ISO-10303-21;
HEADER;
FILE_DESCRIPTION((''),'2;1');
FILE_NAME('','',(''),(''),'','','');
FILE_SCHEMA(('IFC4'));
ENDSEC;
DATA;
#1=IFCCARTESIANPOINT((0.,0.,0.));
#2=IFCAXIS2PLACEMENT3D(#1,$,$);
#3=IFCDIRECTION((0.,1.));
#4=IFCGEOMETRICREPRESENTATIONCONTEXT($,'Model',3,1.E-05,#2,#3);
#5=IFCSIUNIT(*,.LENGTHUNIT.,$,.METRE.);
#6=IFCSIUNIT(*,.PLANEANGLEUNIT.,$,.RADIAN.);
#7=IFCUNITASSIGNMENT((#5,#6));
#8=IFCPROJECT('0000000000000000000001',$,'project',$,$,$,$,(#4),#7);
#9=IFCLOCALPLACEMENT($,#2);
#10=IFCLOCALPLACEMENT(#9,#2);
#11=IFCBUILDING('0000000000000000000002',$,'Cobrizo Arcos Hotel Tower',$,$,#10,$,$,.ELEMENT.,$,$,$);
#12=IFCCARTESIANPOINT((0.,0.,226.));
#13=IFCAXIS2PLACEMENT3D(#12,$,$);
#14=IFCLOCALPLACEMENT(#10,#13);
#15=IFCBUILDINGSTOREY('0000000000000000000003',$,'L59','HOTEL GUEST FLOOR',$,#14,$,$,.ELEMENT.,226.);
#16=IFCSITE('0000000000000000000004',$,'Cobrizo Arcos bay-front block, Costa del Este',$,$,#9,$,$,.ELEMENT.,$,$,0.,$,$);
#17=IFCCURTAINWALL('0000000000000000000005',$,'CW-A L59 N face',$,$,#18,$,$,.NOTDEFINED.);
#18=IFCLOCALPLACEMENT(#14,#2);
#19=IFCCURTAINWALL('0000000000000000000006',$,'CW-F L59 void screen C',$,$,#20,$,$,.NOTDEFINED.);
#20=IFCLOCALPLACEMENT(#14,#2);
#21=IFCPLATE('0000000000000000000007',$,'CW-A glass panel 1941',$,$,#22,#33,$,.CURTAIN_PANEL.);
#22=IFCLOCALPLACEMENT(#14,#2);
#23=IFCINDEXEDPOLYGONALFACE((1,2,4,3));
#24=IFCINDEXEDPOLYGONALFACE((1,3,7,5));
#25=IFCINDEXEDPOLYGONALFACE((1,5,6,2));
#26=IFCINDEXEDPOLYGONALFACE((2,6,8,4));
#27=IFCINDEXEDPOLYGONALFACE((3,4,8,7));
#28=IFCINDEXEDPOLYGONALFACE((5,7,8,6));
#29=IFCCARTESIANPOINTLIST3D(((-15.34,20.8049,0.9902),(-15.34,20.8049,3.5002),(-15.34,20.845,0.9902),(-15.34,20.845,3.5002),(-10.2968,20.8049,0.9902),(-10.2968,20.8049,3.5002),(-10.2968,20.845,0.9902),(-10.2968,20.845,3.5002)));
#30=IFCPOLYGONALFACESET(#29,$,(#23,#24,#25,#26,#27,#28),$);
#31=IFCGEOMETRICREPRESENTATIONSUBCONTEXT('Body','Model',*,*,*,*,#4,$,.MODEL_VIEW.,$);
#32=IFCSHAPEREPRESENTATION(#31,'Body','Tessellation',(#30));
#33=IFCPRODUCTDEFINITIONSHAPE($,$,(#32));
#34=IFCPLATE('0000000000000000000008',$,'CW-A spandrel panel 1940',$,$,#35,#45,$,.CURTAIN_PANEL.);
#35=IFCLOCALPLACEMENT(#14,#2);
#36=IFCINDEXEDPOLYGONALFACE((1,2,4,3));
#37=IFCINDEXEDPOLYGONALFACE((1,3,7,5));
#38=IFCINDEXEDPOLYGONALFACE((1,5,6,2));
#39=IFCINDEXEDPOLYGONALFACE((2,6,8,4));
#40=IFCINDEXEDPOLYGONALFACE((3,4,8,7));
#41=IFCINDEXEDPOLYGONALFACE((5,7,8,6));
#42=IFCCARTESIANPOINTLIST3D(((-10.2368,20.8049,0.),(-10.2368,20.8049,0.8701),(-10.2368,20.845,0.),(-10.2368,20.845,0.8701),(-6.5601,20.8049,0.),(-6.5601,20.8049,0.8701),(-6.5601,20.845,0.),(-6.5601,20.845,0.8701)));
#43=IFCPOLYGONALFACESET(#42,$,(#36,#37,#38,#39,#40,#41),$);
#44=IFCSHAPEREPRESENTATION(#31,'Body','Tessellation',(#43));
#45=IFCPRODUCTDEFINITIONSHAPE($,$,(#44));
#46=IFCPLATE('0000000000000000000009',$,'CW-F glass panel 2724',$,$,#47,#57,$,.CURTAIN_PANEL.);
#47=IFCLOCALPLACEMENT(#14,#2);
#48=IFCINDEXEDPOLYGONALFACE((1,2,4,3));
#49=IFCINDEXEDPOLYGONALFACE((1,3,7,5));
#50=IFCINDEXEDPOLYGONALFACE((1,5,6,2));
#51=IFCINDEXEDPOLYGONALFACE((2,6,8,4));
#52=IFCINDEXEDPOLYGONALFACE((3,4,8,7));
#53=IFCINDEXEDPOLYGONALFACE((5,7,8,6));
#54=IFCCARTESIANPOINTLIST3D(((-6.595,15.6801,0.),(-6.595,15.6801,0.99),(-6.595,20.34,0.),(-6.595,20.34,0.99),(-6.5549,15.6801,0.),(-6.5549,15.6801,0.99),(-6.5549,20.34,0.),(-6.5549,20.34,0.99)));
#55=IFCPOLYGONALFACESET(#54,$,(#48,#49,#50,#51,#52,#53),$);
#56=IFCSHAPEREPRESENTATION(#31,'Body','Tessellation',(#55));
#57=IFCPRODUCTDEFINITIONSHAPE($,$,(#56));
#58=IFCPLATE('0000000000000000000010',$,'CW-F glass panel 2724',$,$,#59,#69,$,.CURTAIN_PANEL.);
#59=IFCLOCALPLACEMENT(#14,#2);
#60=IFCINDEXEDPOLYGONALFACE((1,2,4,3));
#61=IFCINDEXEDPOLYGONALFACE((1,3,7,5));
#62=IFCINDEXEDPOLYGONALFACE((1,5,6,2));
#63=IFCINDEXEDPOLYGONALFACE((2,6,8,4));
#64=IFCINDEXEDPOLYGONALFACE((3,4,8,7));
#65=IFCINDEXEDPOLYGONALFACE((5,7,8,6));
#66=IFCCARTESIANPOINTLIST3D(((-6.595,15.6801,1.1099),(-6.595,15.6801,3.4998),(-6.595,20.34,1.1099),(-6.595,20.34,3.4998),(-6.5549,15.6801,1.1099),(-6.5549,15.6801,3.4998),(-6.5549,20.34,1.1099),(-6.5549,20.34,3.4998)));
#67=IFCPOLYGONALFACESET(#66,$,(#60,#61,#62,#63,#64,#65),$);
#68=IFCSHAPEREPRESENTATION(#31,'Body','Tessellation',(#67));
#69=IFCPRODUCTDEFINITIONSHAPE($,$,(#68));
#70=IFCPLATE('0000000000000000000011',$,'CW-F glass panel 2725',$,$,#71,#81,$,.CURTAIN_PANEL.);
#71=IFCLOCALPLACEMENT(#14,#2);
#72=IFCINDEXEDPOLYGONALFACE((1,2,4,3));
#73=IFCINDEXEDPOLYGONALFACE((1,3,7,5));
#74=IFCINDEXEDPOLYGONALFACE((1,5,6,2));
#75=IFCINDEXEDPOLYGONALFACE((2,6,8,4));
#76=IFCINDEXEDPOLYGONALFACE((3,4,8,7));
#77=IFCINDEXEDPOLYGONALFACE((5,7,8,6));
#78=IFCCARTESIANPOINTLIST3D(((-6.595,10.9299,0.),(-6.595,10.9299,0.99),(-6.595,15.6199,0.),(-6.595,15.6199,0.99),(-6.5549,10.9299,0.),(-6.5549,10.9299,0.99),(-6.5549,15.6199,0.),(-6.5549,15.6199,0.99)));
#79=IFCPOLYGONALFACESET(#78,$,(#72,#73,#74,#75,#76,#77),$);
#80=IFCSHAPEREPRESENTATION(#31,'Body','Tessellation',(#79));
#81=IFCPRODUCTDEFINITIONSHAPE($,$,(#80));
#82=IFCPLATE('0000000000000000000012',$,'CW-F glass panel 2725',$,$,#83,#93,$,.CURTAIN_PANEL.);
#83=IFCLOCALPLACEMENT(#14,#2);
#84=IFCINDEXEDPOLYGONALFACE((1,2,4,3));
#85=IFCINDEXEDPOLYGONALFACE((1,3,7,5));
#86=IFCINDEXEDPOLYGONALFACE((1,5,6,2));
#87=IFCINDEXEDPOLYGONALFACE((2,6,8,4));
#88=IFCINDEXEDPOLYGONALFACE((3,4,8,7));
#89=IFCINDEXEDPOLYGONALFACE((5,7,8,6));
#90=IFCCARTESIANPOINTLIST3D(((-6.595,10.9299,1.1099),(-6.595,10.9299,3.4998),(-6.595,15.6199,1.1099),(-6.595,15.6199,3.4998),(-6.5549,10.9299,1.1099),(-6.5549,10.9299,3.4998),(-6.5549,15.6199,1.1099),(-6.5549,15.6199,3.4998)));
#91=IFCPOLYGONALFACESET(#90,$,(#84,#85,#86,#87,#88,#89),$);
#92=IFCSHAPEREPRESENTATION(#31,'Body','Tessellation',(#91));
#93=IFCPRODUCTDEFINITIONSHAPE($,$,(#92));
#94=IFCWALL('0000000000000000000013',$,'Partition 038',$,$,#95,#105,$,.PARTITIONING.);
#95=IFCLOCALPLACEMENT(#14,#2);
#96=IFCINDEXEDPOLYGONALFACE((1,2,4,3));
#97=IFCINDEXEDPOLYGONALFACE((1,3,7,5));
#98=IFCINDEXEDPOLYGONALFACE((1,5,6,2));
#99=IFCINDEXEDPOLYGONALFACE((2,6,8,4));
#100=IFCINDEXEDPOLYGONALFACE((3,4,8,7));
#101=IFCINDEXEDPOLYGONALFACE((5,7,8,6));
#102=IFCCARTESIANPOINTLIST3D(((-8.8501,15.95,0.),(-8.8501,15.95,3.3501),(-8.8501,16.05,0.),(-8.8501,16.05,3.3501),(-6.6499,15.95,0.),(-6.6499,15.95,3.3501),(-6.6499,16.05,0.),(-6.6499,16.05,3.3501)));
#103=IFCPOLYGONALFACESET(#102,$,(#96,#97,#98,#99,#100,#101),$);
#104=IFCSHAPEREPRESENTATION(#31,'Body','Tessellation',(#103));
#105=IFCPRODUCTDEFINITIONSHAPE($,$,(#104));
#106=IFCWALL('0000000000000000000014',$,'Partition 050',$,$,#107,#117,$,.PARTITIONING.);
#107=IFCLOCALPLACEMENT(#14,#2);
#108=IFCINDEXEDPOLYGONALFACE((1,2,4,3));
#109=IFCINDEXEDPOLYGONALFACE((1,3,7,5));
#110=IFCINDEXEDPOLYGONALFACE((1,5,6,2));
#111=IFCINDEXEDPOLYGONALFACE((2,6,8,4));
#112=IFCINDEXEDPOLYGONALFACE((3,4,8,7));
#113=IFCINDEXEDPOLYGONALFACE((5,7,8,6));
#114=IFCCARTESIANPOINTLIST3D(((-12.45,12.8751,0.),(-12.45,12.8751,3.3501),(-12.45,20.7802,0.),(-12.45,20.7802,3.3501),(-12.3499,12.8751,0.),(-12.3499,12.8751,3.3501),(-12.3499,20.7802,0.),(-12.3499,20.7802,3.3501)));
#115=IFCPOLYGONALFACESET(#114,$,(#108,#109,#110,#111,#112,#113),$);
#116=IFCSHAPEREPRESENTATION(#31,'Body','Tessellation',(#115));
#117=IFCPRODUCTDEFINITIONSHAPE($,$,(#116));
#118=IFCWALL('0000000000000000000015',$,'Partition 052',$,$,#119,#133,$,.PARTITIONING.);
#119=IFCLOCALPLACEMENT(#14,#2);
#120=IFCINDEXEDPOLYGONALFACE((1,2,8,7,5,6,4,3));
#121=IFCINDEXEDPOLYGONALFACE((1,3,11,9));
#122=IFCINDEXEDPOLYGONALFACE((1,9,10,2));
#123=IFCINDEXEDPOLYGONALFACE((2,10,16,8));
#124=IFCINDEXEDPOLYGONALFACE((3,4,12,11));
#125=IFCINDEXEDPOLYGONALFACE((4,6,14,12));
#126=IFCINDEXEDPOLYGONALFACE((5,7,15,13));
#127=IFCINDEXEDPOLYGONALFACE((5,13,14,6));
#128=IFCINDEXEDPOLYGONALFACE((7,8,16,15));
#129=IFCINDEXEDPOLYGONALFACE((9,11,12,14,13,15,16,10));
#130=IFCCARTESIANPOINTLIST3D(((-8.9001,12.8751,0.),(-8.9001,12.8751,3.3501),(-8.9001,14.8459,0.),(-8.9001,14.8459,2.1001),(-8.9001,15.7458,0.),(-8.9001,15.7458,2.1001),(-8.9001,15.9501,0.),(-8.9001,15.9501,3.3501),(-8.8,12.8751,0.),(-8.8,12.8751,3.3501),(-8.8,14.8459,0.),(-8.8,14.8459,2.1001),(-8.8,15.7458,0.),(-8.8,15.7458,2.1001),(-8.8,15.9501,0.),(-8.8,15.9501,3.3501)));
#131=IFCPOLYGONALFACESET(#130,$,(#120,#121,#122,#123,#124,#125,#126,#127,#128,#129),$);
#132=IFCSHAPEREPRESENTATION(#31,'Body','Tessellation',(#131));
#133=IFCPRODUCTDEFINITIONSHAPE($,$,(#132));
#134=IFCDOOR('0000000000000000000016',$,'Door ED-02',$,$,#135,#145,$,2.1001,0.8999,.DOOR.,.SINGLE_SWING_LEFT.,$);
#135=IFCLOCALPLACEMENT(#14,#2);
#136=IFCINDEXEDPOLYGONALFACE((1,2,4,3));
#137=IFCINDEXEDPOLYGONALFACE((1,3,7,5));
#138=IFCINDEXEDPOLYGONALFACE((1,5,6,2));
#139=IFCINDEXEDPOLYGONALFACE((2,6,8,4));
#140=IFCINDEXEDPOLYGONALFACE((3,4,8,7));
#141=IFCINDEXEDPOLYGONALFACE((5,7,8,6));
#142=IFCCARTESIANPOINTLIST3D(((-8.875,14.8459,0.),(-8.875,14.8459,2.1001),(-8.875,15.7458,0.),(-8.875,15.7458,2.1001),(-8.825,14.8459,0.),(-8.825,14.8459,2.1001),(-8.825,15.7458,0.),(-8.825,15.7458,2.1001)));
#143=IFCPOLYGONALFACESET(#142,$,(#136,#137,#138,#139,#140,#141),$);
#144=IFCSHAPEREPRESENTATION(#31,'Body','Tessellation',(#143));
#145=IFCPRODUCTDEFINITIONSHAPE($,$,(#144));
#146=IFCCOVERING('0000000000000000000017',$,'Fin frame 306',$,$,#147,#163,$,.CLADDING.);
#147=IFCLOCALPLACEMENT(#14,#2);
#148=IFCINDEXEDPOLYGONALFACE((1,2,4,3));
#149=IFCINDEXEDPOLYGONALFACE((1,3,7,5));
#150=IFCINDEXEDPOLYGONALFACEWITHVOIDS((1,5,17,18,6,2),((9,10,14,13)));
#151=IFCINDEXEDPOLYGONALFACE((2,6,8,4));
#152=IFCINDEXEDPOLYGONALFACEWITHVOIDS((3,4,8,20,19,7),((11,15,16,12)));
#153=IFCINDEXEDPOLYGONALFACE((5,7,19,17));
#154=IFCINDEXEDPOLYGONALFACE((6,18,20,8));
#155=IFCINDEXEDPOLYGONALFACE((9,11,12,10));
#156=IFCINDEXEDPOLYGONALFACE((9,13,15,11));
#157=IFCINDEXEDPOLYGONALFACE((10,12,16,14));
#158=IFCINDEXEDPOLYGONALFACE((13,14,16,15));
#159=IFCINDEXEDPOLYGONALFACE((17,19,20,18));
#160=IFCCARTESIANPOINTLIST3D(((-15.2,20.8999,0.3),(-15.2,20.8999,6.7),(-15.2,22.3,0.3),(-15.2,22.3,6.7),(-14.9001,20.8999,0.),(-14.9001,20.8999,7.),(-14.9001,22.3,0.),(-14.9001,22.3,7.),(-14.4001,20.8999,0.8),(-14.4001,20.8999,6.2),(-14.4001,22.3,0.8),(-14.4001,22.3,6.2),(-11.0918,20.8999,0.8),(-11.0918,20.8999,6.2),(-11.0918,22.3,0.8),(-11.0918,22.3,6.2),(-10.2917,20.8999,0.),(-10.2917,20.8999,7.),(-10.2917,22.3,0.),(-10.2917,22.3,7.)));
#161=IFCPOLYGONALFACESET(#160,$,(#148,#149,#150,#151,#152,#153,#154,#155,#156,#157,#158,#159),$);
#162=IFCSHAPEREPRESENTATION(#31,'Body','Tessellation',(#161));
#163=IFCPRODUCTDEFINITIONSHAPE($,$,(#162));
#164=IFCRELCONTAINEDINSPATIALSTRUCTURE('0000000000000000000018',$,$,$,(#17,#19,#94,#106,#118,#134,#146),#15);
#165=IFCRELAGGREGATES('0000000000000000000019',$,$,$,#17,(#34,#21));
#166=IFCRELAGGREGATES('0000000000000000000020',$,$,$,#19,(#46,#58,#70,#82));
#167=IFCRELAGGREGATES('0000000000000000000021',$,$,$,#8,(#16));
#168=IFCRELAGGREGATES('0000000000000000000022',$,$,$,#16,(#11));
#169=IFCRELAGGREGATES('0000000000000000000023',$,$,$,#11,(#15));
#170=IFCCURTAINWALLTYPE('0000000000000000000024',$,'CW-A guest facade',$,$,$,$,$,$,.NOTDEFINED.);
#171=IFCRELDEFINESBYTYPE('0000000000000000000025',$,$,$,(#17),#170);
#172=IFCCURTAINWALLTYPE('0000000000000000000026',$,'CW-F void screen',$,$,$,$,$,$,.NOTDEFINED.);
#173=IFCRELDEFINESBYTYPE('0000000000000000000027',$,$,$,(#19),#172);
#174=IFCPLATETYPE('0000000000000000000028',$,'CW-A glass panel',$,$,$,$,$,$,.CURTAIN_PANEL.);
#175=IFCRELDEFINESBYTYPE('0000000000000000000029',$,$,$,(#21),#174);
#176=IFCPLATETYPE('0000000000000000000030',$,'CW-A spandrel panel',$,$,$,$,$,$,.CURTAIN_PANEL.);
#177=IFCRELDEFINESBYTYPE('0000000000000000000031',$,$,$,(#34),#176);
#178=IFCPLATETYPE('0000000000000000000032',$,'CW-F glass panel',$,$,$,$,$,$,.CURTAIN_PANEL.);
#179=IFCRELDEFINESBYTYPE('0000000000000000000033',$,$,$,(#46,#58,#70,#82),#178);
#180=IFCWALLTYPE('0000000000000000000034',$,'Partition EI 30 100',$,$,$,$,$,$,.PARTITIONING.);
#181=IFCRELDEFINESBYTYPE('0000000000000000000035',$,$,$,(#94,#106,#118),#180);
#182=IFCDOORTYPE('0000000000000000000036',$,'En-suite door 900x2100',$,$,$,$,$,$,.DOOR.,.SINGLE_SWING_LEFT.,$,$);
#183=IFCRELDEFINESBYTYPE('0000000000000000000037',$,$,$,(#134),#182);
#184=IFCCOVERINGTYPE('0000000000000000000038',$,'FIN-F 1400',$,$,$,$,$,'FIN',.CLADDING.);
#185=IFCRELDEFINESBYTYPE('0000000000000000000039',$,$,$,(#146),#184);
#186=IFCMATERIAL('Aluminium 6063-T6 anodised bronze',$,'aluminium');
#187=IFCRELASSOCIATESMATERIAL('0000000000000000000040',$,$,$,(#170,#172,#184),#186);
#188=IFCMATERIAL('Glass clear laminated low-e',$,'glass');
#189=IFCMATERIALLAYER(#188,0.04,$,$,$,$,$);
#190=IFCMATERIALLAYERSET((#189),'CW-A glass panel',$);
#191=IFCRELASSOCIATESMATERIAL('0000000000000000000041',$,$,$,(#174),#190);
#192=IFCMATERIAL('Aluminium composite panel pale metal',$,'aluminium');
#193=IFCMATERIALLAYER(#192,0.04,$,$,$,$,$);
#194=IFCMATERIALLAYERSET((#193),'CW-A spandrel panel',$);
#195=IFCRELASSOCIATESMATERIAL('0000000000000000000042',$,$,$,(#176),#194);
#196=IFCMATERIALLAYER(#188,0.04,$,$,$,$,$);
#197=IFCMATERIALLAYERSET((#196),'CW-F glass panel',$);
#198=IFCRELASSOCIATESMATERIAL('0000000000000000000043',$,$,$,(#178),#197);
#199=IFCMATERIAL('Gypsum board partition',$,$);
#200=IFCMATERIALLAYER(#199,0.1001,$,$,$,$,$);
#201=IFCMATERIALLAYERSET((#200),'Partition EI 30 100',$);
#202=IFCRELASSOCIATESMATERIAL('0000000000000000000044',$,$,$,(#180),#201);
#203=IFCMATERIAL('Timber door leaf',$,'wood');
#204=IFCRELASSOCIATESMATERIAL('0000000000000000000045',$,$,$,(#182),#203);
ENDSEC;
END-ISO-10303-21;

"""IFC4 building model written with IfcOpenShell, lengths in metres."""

from ifc_helpers import new_model, si_unit, direction, frame, frame_2d, origin, origin_2d, place, context, subcontext, project, spatial, polyline, rectangle, outline, extrude, material, layer, layer_set, type_object, element, fill, aggregate, save


model = new_model("IFC4")

# Units and contexts
model_context = context("Model", 3, precision=1e-05, world=origin(), true_north=direction((0.0, 1.0)))
body_context = subcontext(model_context, "Body", "Model", "MODEL_VIEW")
ifc_project = project(units=[si_unit("LENGTHUNIT", "METRE"), si_unit("PLANEANGLEUNIT", "RADIAN")], contexts=[model_context])

# Site, building, storey
site_placement = place(None, origin())
site = spatial("IfcSite", under=ifc_project, at=site_placement, Name="Cobrizo Arcos bay-front block, Costa del Este", CompositionType="ELEMENT", RefElevation=0.0)
building_placement = place(site_placement, origin())
building = spatial("IfcBuilding", under=site, at=building_placement, Name="Cobrizo Arcos Hotel Tower", CompositionType="ELEMENT")
storey_placement = place(building_placement, frame((0.0, 0.0, 226.0)))
storey = spatial("IfcBuildingStorey", under=building, at=storey_placement, Name="L59", Description="HOTEL GUEST FLOOR", CompositionType="ELEMENT", Elevation=226.0)

# Curtain walls
ifc_material_1 = material(Name="Aluminium 6063-T6 anodised bronze", Category="aluminium")
curtain_wall_type_1 = type_object("IfcCurtainWallType", Name="CW-A guest facade", PredefinedType="NOTDEFINED", material=ifc_material_1)
curtain_wall_1_placement = place(storey_placement, origin())
curtain_wall_1 = element("IfcCurtainWall", 1, at=curtain_wall_1_placement, inside=storey, type_object=curtain_wall_type_1, Name="CW-A L59 N face", PredefinedType="NOTDEFINED")
curtain_wall_type_2 = type_object("IfcCurtainWallType", Name="CW-F void screen", PredefinedType="NOTDEFINED", material=ifc_material_1)
curtain_wall_2_placement = place(storey_placement, origin())
curtain_wall_2 = element("IfcCurtainWall", 2, at=curtain_wall_2_placement, inside=storey, type_object=curtain_wall_type_2, Name="CW-F L59 void screen C", PredefinedType="NOTDEFINED")

# Plates
ifc_material_2 = material(Name="Glass clear laminated low-e", Category="glass")
ifc_layer_1 = layer(ifc_material_2, 0.04)
ifc_layer_set_1 = layer_set([ifc_layer_1], Name="CW-A glass panel")
plate_type_1 = type_object("IfcPlateType", Name="CW-A glass panel", PredefinedType="CURTAIN_PANEL", material=ifc_layer_set_1)
plate_1_placement = place(storey_placement, frame((-12.8184, 20.825, 0.9902), z_axis=(0.0, 0.0, 1.0), x_axis=(-1.0, 0.0, 0.0)))
plate_1 = element("IfcPlate", 3, at=plate_1_placement, type_object=plate_type_1, Name="CW-A glass panel 1941", PredefinedType="CURTAIN_PANEL", context=body_context, shape_type="SweptSolid", body=[
    extrude(rectangle(XDim=5.0432, YDim=0.04, at=origin_2d()), origin(), (0.0, 0.0, 1.0), 2.51),
])
ifc_material_3 = material(Name="Aluminium composite panel pale metal", Category="aluminium")
ifc_layer_2 = layer(ifc_material_3, 0.04)
ifc_layer_set_2 = layer_set([ifc_layer_2], Name="CW-A spandrel panel")
plate_type_2 = type_object("IfcPlateType", Name="CW-A spandrel panel", PredefinedType="CURTAIN_PANEL", material=ifc_layer_set_2)
plate_2_placement = place(storey_placement, frame((-8.3984, 20.825, 0.0), z_axis=(0.0, 0.0, 1.0), x_axis=(-1.0, 0.0, 0.0)))
plate_2 = element("IfcPlate", 4, at=plate_2_placement, type_object=plate_type_2, Name="CW-A spandrel panel 1940", PredefinedType="CURTAIN_PANEL", context=body_context, shape_type="SweptSolid", body=[
    extrude(rectangle(XDim=3.6768, YDim=0.04, at=origin_2d()), origin(), (0.0, 0.0, 1.0), 0.8701),
])
aggregate(curtain_wall_1, [plate_2, plate_1])
ifc_layer_3 = layer(ifc_material_2, 0.04)
ifc_layer_set_3 = layer_set([ifc_layer_3], Name="CW-F glass panel")
plate_type_3 = type_object("IfcPlateType", Name="CW-F glass panel", PredefinedType="CURTAIN_PANEL", material=ifc_layer_set_3)
plate_3_placement = place(storey_placement, frame((-6.575, 18.01, 0.0), z_axis=(0.0, 0.0, 1.0), x_axis=(0.0, -1.0, 0.0)))
plate_3 = element("IfcPlate", 5, at=plate_3_placement, type_object=plate_type_3, Name="CW-F glass panel 2724", PredefinedType="CURTAIN_PANEL", context=body_context, shape_type="SweptSolid", body=[
    extrude(rectangle(XDim=4.6599, YDim=0.04, at=origin_2d()), origin(), (0.0, 0.0, 1.0), 0.99),
])
plate_4_placement = place(storey_placement, frame((-6.575, 18.01, 1.1099), z_axis=(0.0, 0.0, 1.0), x_axis=(0.0, -1.0, 0.0)))
plate_4 = element("IfcPlate", 6, at=plate_4_placement, type_object=plate_type_3, Name="CW-F glass panel 2724", PredefinedType="CURTAIN_PANEL", context=body_context, shape_type="SweptSolid", body=[
    extrude(rectangle(XDim=4.6599, YDim=0.04, at=origin_2d()), origin(), (0.0, 0.0, 1.0), 2.3899),
])
plate_5_placement = place(storey_placement, frame((-6.575, 13.2749, 0.0), z_axis=(0.0, 0.0, 1.0), x_axis=(0.0, -1.0, 0.0)))
plate_5 = element("IfcPlate", 7, at=plate_5_placement, type_object=plate_type_3, Name="CW-F glass panel 2725", PredefinedType="CURTAIN_PANEL", context=body_context, shape_type="SweptSolid", body=[
    extrude(rectangle(XDim=4.6899, YDim=0.04, at=origin_2d()), origin(), (0.0, 0.0, 1.0), 0.99),
])
plate_6_placement = place(storey_placement, frame((-6.575, 13.2749, 1.1099), z_axis=(0.0, 0.0, 1.0), x_axis=(0.0, -1.0, 0.0)))
plate_6 = element("IfcPlate", 8, at=plate_6_placement, type_object=plate_type_3, Name="CW-F glass panel 2725", PredefinedType="CURTAIN_PANEL", context=body_context, shape_type="SweptSolid", body=[
    extrude(rectangle(XDim=4.6899, YDim=0.04, at=origin_2d()), origin(), (0.0, 0.0, 1.0), 2.3899),
])
aggregate(curtain_wall_2, [plate_3, plate_4, plate_5, plate_6])

# Walls
ifc_material_4 = material(Name="Gypsum board partition")
ifc_layer_4 = layer(ifc_material_4, 0.1001)
ifc_layer_set_4 = layer_set([ifc_layer_4], Name="Partition EI 30 100")
wall_type = type_object("IfcWallType", Name="Partition EI 30 100", PredefinedType="PARTITIONING", material=ifc_layer_set_4)
wall_1_placement = place(storey_placement, frame((-8.8501, 16.0, 0.0), z_axis=(0.0, 0.0, 1.0), x_axis=(1.0, 0.0, 0.0)))
element("IfcWall", 9, at=wall_1_placement, inside=storey, type_object=wall_type, Name="Partition 038", PredefinedType="PARTITIONING", context=body_context, shape_type="SweptSolid", body=[
    extrude(rectangle(XDim=2.2002, YDim=0.1001, at=frame_2d((1.1001, 0.0))), origin(), (0.0, 0.0, 1.0), 3.3501),
])
wall_2_placement = place(storey_placement, frame((-12.3999, 12.875, 0.0), z_axis=(0.0, 0.0, 1.0), x_axis=(0.0, 1.0, 0.0)))
element("IfcWall", 10, at=wall_2_placement, inside=storey, type_object=wall_type, Name="Partition 050", PredefinedType="PARTITIONING", context=body_context, shape_type="SweptSolid", body=[
    extrude(rectangle(XDim=7.905, YDim=0.1001, at=frame_2d((3.9526, 0.0))), origin(), (0.0, 0.0, 1.0), 3.3501),
])

# Wall, opening, door
wall_3_placement = place(storey_placement, frame((-8.8501, 12.875, 0.0), z_axis=(0.0, 0.0, 1.0), x_axis=(0.0, 1.0, 0.0)))
wall_3 = element("IfcWall", 11, at=wall_3_placement, inside=storey, type_object=wall_type, Name="Partition 052", PredefinedType="PARTITIONING", context=body_context, shape_type="SweptSolid", body=[
    extrude(rectangle(XDim=3.075, YDim=0.1001, at=frame_2d((1.5376, 0.0))), origin(), (0.0, 0.0, 1.0), 3.3501),
])
opening_placement = place(wall_3_placement, frame((1.9709, 0.0, 0.0)))
opening = element("IfcOpeningElement", 12, at=opening_placement, cuts=wall_3, PredefinedType="OPENING", context=body_context, shape_type="SweptSolid", body=[
    extrude(rectangle(XDim=0.8999, YDim=2.1001, at=frame_2d((0.45, 1.05))), frame((0.0, 0.062, 0.0), z_axis=(0.0, -1.0, 0.0), x_axis=(1.0, 0.0, 0.0)), (0.0, 0.0, 1.0), 0.124),
])
ifc_material_5 = material(Name="Timber door leaf", Category="wood")
door_type = type_object("IfcDoorType", Name="En-suite door 900x2100", OperationType="SINGLE_SWING_LEFT", PredefinedType="DOOR", material=ifc_material_5)
door_placement = place(opening_placement, origin())
door = element("IfcDoor", 13, at=door_placement, inside=storey, type_object=door_type, Name="Door ED-02", OperationType="SINGLE_SWING_LEFT", OverallHeight=2.1001, OverallWidth=0.8999, PredefinedType="DOOR", context=body_context, shape_type="SweptSolid", body=[
    extrude(rectangle(XDim=0.8999, YDim=2.1001, at=frame_2d((0.45, 1.05))), frame((0.0, 0.0249, 0.0), z_axis=(0.0, -1.0, 0.0), x_axis=(1.0, 0.0, 0.0)), (0.0, 0.0, 1.0), 0.05),
])
fill(opening, door)

# Covering
covering_type = type_object("IfcCoveringType", Name="FIN-F 1400", ElementType="FIN", PredefinedType="CLADDING", material=ifc_material_1)
covering_placement = place(storey_placement, frame((-10.2917, 20.8999, 0.0), z_axis=(0.0, 1.0, 0.0), x_axis=(-1.0, 0.0, 0.0)))
element("IfcCovering", 14, at=covering_placement, inside=storey, type_object=covering_type, Name="Fin frame 306", PredefinedType="CLADDING", context=body_context, shape_type="SweptSolid", body=[
    extrude(outline(polyline([(0.0, 7.0), (0.0, 0.0), (4.6084, 0.0), (4.9082, 0.3), (4.9082, 6.7), (4.6084, 7.0), (0.0, 7.0)]), holes=[polyline([(4.1084, 0.8), (0.8, 0.8), (0.8, 6.2), (4.1084, 6.2), (4.1084, 0.8)])]), origin(), (0.0, 0.0, 1.0), 1.4001),
])

save(model, "model.ifc")
